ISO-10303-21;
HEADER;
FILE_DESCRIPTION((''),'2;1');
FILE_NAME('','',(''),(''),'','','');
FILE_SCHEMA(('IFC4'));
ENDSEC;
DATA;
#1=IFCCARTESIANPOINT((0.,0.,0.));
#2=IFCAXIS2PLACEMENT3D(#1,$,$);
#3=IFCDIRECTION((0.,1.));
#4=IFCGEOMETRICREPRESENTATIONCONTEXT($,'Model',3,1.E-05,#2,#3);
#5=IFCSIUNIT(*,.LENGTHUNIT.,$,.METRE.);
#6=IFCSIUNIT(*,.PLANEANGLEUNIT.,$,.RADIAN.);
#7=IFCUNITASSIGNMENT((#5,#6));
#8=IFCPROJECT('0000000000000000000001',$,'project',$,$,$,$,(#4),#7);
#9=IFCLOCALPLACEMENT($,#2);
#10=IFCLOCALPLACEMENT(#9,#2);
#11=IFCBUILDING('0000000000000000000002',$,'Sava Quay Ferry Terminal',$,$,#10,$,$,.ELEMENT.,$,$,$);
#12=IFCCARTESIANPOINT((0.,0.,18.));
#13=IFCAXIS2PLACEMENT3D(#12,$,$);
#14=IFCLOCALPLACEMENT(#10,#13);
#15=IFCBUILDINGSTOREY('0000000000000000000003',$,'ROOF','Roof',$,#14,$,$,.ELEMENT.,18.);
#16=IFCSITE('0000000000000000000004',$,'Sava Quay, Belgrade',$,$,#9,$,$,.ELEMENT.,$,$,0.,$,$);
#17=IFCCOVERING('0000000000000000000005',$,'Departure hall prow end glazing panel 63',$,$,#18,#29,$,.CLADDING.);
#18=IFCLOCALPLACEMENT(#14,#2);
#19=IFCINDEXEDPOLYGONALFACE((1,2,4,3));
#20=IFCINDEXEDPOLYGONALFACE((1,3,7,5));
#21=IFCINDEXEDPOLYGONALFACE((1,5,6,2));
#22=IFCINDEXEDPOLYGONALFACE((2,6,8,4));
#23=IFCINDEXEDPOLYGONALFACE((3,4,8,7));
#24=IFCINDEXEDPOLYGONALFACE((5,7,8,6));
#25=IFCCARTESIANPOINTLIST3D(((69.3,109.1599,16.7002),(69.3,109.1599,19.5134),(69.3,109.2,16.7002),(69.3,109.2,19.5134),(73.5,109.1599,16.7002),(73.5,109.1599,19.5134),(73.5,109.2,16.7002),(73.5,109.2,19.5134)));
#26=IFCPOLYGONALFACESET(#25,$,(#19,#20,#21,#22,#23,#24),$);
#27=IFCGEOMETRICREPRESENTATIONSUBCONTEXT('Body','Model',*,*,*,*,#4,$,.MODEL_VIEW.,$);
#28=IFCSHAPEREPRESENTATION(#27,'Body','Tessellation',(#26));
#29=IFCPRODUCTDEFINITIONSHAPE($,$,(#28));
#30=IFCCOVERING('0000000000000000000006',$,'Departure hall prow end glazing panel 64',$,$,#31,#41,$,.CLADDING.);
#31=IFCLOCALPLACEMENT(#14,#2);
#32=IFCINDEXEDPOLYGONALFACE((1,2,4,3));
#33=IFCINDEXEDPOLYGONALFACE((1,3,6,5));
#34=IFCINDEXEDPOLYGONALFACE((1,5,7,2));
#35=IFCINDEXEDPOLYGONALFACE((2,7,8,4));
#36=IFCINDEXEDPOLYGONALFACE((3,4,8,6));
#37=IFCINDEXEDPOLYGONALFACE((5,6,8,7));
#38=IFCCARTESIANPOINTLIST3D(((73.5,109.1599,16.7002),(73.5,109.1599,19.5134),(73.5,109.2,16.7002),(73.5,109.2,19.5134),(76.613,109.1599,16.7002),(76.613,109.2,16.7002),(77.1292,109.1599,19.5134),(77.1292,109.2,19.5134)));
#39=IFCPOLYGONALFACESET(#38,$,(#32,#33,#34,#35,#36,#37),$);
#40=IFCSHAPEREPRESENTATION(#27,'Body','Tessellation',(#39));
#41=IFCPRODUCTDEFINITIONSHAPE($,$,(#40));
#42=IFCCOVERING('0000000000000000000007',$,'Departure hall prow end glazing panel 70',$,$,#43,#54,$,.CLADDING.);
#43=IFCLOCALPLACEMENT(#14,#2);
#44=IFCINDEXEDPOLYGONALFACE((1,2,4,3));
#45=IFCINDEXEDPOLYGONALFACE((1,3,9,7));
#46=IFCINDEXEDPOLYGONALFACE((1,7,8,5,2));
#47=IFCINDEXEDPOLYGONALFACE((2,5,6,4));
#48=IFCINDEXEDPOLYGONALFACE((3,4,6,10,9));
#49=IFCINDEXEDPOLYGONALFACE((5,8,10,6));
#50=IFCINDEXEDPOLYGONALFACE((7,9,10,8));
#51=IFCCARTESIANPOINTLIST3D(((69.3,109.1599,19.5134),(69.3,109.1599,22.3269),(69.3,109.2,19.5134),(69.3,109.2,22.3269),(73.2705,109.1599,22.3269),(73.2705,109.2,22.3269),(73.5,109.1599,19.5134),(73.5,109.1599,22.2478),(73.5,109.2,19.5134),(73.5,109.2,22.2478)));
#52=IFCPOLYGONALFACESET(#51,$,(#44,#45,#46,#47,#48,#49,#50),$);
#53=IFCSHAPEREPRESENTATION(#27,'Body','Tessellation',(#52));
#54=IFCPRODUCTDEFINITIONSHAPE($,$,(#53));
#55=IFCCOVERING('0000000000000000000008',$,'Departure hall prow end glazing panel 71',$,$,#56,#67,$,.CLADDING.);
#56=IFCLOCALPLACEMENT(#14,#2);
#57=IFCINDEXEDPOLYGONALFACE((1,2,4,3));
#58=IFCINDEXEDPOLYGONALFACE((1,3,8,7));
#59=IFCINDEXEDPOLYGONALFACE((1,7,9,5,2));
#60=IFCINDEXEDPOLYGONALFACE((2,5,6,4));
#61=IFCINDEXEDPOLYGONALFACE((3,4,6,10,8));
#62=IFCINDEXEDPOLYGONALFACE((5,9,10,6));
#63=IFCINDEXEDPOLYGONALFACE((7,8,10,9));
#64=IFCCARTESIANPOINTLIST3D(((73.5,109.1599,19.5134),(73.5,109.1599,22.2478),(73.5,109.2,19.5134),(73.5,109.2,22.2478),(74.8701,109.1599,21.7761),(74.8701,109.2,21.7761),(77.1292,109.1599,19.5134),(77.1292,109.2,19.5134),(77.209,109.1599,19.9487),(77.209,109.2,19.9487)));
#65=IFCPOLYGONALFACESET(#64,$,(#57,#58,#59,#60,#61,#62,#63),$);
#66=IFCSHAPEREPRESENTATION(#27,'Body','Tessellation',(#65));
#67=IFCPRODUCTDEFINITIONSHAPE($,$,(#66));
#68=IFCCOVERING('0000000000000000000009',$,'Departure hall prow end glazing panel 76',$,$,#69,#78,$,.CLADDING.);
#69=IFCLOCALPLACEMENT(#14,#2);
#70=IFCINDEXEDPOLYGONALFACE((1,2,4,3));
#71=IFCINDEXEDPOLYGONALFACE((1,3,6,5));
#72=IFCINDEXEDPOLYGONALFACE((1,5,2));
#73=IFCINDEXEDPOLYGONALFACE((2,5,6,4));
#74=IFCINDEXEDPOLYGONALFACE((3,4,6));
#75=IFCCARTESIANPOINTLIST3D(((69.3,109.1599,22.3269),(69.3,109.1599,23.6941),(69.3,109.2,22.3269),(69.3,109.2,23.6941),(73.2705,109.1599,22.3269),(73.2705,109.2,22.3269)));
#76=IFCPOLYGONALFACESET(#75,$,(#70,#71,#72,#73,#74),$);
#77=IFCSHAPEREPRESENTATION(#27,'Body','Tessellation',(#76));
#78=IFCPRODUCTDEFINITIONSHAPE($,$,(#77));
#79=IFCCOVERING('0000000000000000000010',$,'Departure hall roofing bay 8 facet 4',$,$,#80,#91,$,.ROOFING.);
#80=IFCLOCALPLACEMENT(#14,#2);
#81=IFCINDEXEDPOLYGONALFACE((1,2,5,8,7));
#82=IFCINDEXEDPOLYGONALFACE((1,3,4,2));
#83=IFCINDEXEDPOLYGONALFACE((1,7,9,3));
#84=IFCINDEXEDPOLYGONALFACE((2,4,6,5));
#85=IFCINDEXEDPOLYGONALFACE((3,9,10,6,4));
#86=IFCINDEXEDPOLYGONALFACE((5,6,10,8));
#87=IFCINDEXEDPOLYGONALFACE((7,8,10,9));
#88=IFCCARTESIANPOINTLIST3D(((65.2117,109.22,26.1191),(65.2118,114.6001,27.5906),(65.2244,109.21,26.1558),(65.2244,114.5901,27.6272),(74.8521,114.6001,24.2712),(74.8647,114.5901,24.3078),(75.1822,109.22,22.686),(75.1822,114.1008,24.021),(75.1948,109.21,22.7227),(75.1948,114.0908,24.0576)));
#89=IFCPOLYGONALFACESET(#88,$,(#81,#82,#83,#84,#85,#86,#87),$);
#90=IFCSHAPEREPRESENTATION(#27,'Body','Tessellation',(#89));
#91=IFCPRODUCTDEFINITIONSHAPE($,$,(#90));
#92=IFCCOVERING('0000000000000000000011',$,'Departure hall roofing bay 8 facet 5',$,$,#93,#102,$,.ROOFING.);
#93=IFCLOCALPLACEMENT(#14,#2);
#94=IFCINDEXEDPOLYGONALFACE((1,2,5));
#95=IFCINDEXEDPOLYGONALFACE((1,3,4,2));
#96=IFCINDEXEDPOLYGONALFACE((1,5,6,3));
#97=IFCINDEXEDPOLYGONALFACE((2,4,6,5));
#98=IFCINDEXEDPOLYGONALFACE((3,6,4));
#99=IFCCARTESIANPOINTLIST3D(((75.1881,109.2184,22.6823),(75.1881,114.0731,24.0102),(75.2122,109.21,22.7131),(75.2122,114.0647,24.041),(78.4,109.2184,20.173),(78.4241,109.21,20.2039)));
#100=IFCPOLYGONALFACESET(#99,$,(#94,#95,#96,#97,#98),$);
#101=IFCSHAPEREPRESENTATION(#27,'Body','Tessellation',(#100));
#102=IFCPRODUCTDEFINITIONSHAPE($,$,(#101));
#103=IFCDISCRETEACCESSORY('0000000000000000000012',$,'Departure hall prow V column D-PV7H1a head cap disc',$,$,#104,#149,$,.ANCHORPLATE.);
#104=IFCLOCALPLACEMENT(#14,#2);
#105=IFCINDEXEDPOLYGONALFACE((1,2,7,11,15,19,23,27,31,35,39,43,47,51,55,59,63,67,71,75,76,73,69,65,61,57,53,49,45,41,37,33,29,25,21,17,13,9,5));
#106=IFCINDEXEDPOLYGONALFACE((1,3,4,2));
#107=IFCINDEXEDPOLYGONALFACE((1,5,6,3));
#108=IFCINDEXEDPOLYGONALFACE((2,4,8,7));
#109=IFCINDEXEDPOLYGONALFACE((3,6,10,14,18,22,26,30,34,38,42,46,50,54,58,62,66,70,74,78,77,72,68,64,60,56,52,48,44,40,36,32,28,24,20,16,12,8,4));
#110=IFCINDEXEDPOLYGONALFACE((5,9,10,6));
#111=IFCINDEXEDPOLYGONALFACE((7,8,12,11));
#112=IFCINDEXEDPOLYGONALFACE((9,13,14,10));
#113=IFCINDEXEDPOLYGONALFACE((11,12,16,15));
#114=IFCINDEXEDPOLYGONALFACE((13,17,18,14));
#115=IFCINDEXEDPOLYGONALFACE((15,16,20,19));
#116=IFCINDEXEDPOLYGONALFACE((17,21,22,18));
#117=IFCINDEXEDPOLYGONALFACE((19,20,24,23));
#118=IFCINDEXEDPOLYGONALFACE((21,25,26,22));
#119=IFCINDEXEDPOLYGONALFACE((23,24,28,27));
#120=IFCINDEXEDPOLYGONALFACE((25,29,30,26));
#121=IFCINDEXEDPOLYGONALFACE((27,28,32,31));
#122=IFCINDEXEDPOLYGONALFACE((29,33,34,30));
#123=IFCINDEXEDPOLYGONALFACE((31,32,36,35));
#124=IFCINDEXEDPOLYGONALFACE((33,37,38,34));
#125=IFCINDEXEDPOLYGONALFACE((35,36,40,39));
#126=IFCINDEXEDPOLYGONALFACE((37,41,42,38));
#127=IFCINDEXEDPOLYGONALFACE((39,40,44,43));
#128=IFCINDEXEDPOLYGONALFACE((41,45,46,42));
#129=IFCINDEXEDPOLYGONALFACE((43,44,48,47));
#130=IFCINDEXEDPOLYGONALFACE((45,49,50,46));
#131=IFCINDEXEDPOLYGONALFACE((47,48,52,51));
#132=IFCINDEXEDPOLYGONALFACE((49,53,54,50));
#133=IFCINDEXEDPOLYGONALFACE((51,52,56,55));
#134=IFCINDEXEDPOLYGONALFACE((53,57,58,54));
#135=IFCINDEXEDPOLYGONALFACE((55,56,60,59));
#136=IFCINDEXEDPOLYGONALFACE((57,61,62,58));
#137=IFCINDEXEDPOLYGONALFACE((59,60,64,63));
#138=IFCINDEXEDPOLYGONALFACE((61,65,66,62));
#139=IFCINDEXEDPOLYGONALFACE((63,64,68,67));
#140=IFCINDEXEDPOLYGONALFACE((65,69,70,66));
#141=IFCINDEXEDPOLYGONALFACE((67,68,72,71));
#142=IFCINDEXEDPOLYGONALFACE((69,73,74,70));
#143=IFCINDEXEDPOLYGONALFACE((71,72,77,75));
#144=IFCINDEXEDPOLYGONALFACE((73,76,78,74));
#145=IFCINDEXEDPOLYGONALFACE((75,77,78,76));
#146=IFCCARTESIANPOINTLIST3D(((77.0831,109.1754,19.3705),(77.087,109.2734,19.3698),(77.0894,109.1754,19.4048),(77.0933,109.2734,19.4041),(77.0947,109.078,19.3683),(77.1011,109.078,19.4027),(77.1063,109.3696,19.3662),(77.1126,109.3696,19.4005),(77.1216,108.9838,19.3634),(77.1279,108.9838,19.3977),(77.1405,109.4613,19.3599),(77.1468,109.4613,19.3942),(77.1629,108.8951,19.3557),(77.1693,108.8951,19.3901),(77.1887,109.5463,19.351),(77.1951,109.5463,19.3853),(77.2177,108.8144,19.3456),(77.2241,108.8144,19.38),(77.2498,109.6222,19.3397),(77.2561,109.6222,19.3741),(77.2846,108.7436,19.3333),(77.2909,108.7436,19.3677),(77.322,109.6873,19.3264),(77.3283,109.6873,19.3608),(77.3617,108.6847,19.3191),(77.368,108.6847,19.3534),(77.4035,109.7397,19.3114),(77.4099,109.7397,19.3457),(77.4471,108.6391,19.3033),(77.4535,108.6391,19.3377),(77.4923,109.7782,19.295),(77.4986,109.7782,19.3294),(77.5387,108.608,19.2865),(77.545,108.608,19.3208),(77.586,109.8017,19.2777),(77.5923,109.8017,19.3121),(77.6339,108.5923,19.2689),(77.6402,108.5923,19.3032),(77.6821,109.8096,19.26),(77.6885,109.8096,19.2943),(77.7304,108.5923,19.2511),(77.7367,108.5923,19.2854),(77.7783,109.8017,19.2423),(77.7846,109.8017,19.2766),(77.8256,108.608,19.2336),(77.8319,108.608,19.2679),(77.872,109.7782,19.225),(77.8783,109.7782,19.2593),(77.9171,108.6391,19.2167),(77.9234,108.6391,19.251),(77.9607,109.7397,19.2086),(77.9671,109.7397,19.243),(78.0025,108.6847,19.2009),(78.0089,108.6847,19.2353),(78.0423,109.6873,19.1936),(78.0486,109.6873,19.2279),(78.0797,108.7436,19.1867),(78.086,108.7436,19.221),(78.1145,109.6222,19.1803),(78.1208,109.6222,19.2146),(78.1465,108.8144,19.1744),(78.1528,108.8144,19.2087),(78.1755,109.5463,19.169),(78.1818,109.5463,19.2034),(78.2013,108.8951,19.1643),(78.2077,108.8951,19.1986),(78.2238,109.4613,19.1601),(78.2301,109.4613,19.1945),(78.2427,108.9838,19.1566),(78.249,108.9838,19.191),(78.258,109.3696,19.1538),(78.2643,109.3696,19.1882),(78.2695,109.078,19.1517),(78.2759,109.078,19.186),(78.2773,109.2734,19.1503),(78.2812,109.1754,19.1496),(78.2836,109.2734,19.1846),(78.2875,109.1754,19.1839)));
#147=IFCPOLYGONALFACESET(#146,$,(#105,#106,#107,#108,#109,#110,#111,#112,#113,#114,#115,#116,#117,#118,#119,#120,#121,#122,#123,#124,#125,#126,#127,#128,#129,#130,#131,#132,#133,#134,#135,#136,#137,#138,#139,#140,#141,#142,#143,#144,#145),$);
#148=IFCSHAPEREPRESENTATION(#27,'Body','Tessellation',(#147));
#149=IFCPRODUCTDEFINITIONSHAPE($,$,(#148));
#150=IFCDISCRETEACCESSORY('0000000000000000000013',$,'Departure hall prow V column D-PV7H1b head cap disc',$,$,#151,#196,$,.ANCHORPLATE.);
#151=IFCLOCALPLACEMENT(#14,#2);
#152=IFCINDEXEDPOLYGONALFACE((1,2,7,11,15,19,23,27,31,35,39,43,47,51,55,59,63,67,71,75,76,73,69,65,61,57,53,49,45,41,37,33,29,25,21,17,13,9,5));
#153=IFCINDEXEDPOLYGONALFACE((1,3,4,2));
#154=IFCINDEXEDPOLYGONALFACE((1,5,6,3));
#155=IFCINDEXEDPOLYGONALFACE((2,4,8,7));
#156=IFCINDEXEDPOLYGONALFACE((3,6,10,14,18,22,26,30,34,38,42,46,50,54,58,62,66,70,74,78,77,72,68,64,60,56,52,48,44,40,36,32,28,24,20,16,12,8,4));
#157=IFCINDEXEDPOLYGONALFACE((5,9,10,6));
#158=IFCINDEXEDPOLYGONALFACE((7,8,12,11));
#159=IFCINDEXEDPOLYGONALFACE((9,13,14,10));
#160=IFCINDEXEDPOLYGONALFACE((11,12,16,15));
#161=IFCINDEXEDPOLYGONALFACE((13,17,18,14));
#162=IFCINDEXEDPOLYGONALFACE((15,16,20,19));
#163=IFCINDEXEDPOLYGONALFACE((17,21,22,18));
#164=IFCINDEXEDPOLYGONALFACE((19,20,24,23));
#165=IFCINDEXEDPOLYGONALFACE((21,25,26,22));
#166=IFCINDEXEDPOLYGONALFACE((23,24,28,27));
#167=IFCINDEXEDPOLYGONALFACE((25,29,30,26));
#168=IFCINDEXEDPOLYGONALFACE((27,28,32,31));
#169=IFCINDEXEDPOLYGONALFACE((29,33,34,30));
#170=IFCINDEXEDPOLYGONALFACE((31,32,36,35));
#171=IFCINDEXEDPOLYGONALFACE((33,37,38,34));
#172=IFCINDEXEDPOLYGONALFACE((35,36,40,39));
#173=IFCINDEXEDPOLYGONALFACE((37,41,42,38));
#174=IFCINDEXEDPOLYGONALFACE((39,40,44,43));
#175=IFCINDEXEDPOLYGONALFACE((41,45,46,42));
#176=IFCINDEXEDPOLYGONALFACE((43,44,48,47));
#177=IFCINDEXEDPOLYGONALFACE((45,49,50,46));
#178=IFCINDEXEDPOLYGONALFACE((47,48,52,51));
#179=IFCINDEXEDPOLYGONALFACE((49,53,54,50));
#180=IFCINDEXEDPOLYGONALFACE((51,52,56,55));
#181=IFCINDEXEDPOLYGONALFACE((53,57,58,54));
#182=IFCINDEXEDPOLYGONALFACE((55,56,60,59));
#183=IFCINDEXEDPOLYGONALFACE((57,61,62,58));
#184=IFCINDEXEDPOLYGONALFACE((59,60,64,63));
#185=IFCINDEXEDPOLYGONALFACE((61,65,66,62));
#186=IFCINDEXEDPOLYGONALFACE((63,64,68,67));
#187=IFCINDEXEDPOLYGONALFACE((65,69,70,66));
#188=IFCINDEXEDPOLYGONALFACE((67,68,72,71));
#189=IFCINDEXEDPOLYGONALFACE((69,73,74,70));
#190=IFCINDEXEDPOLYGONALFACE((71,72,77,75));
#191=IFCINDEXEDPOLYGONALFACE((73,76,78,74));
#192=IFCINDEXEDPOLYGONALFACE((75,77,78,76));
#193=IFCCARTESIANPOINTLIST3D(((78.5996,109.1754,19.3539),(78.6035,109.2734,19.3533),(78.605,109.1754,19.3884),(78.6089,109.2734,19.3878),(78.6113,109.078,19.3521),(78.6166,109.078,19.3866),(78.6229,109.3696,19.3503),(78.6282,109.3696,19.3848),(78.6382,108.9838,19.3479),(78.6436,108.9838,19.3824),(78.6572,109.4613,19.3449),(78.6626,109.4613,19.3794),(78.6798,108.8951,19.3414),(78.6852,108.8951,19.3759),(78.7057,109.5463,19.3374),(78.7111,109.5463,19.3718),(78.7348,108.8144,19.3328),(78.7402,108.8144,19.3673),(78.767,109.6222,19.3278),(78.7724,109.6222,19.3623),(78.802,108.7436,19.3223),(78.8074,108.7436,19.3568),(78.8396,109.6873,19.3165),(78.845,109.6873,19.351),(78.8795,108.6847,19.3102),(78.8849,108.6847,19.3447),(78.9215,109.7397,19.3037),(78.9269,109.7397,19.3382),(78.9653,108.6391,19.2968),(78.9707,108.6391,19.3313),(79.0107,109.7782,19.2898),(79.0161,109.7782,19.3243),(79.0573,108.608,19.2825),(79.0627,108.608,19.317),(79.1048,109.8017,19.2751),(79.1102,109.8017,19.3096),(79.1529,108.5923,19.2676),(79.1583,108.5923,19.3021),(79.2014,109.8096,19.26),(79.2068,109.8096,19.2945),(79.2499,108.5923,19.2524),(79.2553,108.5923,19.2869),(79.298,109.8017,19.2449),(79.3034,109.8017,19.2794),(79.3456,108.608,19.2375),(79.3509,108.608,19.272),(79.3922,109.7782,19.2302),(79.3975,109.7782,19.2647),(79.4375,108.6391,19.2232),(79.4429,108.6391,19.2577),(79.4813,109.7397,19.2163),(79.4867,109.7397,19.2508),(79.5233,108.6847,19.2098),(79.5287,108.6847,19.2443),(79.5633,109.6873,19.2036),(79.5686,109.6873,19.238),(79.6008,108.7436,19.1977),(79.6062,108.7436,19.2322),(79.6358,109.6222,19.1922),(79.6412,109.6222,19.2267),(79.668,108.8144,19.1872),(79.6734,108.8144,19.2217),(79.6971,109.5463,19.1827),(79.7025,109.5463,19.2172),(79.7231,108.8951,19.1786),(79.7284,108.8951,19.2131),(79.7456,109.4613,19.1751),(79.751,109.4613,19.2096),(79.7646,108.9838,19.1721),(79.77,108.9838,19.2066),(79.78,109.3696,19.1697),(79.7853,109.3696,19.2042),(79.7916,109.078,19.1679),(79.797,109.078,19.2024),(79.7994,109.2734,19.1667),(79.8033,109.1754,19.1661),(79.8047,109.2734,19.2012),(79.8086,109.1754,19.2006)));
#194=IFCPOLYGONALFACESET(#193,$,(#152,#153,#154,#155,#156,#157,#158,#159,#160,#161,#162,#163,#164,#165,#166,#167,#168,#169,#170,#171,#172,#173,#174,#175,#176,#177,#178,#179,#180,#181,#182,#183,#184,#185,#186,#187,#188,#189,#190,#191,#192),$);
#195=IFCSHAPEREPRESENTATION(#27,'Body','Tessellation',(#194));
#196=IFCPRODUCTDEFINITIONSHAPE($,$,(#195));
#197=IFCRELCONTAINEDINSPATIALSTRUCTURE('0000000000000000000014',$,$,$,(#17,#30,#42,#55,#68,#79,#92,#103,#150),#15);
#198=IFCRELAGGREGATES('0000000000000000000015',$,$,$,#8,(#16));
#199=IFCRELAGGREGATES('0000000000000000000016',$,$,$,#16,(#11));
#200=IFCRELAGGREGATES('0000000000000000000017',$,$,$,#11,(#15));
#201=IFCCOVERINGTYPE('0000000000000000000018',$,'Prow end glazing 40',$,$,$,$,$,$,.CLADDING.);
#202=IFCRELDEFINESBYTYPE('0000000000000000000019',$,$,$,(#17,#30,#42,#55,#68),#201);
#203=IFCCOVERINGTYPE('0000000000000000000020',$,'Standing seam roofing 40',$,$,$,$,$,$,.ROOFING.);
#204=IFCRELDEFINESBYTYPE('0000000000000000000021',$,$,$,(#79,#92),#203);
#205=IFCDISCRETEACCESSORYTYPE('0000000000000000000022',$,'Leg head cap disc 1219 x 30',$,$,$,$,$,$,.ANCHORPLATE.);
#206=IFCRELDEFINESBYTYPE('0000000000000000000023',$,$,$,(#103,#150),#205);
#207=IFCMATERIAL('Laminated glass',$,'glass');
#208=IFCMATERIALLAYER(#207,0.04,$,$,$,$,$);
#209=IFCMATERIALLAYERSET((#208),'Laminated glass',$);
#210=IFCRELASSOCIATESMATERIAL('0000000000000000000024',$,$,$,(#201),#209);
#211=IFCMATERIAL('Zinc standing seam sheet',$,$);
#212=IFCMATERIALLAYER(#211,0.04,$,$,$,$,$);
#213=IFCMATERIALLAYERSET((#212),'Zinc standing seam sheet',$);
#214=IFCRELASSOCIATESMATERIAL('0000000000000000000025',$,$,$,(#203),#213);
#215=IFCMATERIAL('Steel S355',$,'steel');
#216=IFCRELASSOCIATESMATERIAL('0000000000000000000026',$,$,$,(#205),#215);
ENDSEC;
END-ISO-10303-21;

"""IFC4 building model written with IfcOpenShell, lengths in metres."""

from ifc_helpers import new_model, si_unit, direction, frame, origin, origin_2d, place, context, subcontext, project, spatial, polyline, circle, outline, extrude, material, layer, layer_set, material_profile, profile_set, type_object, element, save


model = new_model("IFC4")

# Units and contexts
model_context = context("Model", 3, precision=1e-05, world=origin(), true_north=direction((0.0, 1.0)))
body_context = subcontext(model_context, "Body", "Model", "MODEL_VIEW")
ifc_project = project(units=[si_unit("LENGTHUNIT", "METRE"), si_unit("PLANEANGLEUNIT", "RADIAN")], contexts=[model_context])

# Site, building, storey
site_placement = place(None, origin())
site = spatial("IfcSite", under=ifc_project, at=site_placement, Name="Sava Quay, Belgrade", CompositionType="ELEMENT", RefElevation=0.0)
building_placement = place(site_placement, origin())
building = spatial("IfcBuilding", under=site, at=building_placement, Name="Sava Quay Ferry Terminal", CompositionType="ELEMENT")
storey_placement = place(building_placement, frame((0.0, 0.0, 18.0)))
storey = spatial("IfcBuildingStorey", under=building, at=storey_placement, Name="ROOF", Description="Roof", CompositionType="ELEMENT", Elevation=18.0)

# Coverings
ifc_material_1 = material(Name="Laminated glass", Category="glass")
ifc_layer_1 = layer(ifc_material_1, 0.04)
ifc_layer_set_1 = layer_set([ifc_layer_1], Name="Laminated glass")
covering_type_1 = type_object("IfcCoveringType", Name="Prow end glazing 40", PredefinedType="CLADDING", material=ifc_layer_set_1)
covering_1_placement = place(storey_placement, frame((69.3, 109.2, 16.7002), z_axis=(0.0, 1.0, 0.0), x_axis=(0.0, 0.0, 1.0)))
element("IfcCovering", 1, at=covering_1_placement, inside=storey, type_object=covering_type_1, Name="Departure hall prow end glazing panel 63", PredefinedType="CLADDING", context=body_context, shape_type="SweptSolid", body=[
    extrude(outline(polyline([(0.0, 0.0), (2.8132, 0.0), (2.8132, 4.2), (0.0, 4.2), (0.0, 0.0)])), origin(), (0.0, 0.0, -1.0), 0.04),
])
covering_2_placement = place(storey_placement, frame((76.613, 109.2, 16.7002), z_axis=(0.0, 1.0, 0.0), x_axis=(-1.0, 0.0, 0.0)))
element("IfcCovering", 2, at=covering_2_placement, inside=storey, type_object=covering_type_1, Name="Departure hall prow end glazing panel 64", PredefinedType="CLADDING", context=body_context, shape_type="SweptSolid", body=[
    extrude(outline(polyline([(0.0, 0.0), (3.113, 0.0), (3.113, 2.8132), (-0.5161, 2.8132), (0.0, 0.0)])), origin(), (0.0, 0.0, -1.0), 0.04),
])
covering_3_placement = place(storey_placement, frame((73.5, 109.2, 22.2478), z_axis=(0.0, 1.0, 0.0), x_axis=(0.0, 0.0, -1.0)))
element("IfcCovering", 3, at=covering_3_placement, inside=storey, type_object=covering_type_1, Name="Departure hall prow end glazing panel 70", PredefinedType="CLADDING", context=body_context, shape_type="SweptSolid", body=[
    extrude(outline(polyline([(0.0, 0.0), (2.7344, 0.0), (2.7344, 4.2), (-0.0791, 4.2), (-0.0791, 0.2295), (0.0, 0.0)])), origin(), (0.0, 0.0, -1.0), 0.04),
])
covering_4_placement = place(storey_placement, frame((74.8701, 109.2, 21.7761), z_axis=(0.0, 1.0, 0.0), x_axis=(0.787999, 0.0, -0.615676)))
element("IfcCovering", 4, at=covering_4_placement, inside=storey, type_object=covering_type_1, Name="Departure hall prow end glazing panel 71", PredefinedType="CLADDING", context=body_context, shape_type="SweptSolid", body=[
    extrude(outline(polyline([(0.0, 0.0), (2.9681, 0.0), (3.1732, 0.3922), (0.3134, 2.6266), (-1.3701, 0.4719), (0.0, 0.0)])), origin(), (0.0, 0.0, -1.0), 0.04),
])
covering_5_placement = place(storey_placement, frame((73.2705, 109.2, 22.3269), z_axis=(0.0, 1.0, 0.0), x_axis=(-1.0, 0.0, 0.0)))
element("IfcCovering", 5, at=covering_5_placement, inside=storey, type_object=covering_type_1, Name="Departure hall prow end glazing panel 76", PredefinedType="CLADDING", context=body_context, shape_type="SweptSolid", body=[
    extrude(outline(polyline([(0.0, 0.0), (3.9705, 0.0), (3.9705, 1.3672), (0.0, 0.0)])), origin(), (0.0, 0.0, -1.0), 0.04),
])
ifc_material_2 = material(Name="Zinc standing seam sheet")
ifc_layer_2 = layer(ifc_material_2, 0.04)
ifc_layer_set_2 = layer_set([ifc_layer_2], Name="Zinc standing seam sheet")
covering_type_2 = type_object("IfcCoveringType", Name="Standing seam roofing 40", PredefinedType="ROOFING", material=ifc_layer_set_2)
covering_6_placement = place(storey_placement, frame((65.2244, 109.21, 26.1558), z_axis=(0.315196, -0.250368, 0.915406), x_axis=(0.000003, 0.964573, 0.263815)))
element("IfcCovering", 6, at=covering_6_placement, inside=storey, type_object=covering_type_2, Name="Departure hall roofing bay 8 facet 4", PredefinedType="ROOFING", context=body_context, shape_type="SweptSolid", body=[
    extrude(outline(polyline([(0.0, 0.0), (5.5777, 0.0), (4.7021, -10.1582), (4.1545, -10.506), (-0.9057, -10.506), (0.0, 0.0)])), origin(), (0.0, 0.0, -1.0), 0.04),
])
covering_7_placement = place(storey_placement, frame((75.2122, 109.21, 22.7131), z_axis=(0.601818, -0.210705, 0.770337), x_axis=(0.0, 0.964569, 0.263832)))
element("IfcCovering", 7, at=covering_7_placement, inside=storey, type_object=covering_type_2, Name="Departure hall roofing bay 8 facet 5", PredefinedType="ROOFING", context=body_context, shape_type="SweptSolid", body=[
    extrude(outline(polyline([(0.0, 0.0), (5.0331, 0.0), (-0.662, -4.0218), (0.0, 0.0)])), origin(), (0.0, 0.0, -1.0), 0.04),
])

# Discrete accessories
ifc_material_3 = material(Name="Steel S355", Category="steel")
ifc_material_profile_1 = material_profile(ifc_material_3, circle(Radius=0.6096, at=origin_2d()), Name="Disc 1219")
ifc_profile_set_1 = profile_set([ifc_material_profile_1], Name="Steel S355")
discrete_accessory_type = type_object("IfcDiscreteAccessoryType", Name="Leg head cap disc 1219 x 30", PredefinedType="ANCHORPLATE", material=ifc_profile_set_1)
for number, where, z_axis, x_axis, name in (
    (8, (77.6821, 109.2, 19.26), (0.18134, 0.0, 0.98342), (0.0, 1.0, 0.0), "Departure hall prow V column D-PV7H1a head cap disc"),
    (9, (79.2014, 109.2, 19.26), (0.154163, 0.0, 0.988045), (0.0, 1.0, 0.0), "Departure hall prow V column D-PV7H1b head cap disc"),
):
    element("IfcDiscreteAccessory", number, at=place(storey_placement, frame(where, z_axis=z_axis, x_axis=x_axis)), inside=storey, type_object=discrete_accessory_type, Name=name, PredefinedType="ANCHORPLATE", context=body_context, shape_type="SweptSolid", body=[
        extrude(circle(Radius=0.6096, at=origin_2d()), origin(), (0.0, 0.0, 1.0), 0.0349),
    ])

save(model, "model.ifc")
